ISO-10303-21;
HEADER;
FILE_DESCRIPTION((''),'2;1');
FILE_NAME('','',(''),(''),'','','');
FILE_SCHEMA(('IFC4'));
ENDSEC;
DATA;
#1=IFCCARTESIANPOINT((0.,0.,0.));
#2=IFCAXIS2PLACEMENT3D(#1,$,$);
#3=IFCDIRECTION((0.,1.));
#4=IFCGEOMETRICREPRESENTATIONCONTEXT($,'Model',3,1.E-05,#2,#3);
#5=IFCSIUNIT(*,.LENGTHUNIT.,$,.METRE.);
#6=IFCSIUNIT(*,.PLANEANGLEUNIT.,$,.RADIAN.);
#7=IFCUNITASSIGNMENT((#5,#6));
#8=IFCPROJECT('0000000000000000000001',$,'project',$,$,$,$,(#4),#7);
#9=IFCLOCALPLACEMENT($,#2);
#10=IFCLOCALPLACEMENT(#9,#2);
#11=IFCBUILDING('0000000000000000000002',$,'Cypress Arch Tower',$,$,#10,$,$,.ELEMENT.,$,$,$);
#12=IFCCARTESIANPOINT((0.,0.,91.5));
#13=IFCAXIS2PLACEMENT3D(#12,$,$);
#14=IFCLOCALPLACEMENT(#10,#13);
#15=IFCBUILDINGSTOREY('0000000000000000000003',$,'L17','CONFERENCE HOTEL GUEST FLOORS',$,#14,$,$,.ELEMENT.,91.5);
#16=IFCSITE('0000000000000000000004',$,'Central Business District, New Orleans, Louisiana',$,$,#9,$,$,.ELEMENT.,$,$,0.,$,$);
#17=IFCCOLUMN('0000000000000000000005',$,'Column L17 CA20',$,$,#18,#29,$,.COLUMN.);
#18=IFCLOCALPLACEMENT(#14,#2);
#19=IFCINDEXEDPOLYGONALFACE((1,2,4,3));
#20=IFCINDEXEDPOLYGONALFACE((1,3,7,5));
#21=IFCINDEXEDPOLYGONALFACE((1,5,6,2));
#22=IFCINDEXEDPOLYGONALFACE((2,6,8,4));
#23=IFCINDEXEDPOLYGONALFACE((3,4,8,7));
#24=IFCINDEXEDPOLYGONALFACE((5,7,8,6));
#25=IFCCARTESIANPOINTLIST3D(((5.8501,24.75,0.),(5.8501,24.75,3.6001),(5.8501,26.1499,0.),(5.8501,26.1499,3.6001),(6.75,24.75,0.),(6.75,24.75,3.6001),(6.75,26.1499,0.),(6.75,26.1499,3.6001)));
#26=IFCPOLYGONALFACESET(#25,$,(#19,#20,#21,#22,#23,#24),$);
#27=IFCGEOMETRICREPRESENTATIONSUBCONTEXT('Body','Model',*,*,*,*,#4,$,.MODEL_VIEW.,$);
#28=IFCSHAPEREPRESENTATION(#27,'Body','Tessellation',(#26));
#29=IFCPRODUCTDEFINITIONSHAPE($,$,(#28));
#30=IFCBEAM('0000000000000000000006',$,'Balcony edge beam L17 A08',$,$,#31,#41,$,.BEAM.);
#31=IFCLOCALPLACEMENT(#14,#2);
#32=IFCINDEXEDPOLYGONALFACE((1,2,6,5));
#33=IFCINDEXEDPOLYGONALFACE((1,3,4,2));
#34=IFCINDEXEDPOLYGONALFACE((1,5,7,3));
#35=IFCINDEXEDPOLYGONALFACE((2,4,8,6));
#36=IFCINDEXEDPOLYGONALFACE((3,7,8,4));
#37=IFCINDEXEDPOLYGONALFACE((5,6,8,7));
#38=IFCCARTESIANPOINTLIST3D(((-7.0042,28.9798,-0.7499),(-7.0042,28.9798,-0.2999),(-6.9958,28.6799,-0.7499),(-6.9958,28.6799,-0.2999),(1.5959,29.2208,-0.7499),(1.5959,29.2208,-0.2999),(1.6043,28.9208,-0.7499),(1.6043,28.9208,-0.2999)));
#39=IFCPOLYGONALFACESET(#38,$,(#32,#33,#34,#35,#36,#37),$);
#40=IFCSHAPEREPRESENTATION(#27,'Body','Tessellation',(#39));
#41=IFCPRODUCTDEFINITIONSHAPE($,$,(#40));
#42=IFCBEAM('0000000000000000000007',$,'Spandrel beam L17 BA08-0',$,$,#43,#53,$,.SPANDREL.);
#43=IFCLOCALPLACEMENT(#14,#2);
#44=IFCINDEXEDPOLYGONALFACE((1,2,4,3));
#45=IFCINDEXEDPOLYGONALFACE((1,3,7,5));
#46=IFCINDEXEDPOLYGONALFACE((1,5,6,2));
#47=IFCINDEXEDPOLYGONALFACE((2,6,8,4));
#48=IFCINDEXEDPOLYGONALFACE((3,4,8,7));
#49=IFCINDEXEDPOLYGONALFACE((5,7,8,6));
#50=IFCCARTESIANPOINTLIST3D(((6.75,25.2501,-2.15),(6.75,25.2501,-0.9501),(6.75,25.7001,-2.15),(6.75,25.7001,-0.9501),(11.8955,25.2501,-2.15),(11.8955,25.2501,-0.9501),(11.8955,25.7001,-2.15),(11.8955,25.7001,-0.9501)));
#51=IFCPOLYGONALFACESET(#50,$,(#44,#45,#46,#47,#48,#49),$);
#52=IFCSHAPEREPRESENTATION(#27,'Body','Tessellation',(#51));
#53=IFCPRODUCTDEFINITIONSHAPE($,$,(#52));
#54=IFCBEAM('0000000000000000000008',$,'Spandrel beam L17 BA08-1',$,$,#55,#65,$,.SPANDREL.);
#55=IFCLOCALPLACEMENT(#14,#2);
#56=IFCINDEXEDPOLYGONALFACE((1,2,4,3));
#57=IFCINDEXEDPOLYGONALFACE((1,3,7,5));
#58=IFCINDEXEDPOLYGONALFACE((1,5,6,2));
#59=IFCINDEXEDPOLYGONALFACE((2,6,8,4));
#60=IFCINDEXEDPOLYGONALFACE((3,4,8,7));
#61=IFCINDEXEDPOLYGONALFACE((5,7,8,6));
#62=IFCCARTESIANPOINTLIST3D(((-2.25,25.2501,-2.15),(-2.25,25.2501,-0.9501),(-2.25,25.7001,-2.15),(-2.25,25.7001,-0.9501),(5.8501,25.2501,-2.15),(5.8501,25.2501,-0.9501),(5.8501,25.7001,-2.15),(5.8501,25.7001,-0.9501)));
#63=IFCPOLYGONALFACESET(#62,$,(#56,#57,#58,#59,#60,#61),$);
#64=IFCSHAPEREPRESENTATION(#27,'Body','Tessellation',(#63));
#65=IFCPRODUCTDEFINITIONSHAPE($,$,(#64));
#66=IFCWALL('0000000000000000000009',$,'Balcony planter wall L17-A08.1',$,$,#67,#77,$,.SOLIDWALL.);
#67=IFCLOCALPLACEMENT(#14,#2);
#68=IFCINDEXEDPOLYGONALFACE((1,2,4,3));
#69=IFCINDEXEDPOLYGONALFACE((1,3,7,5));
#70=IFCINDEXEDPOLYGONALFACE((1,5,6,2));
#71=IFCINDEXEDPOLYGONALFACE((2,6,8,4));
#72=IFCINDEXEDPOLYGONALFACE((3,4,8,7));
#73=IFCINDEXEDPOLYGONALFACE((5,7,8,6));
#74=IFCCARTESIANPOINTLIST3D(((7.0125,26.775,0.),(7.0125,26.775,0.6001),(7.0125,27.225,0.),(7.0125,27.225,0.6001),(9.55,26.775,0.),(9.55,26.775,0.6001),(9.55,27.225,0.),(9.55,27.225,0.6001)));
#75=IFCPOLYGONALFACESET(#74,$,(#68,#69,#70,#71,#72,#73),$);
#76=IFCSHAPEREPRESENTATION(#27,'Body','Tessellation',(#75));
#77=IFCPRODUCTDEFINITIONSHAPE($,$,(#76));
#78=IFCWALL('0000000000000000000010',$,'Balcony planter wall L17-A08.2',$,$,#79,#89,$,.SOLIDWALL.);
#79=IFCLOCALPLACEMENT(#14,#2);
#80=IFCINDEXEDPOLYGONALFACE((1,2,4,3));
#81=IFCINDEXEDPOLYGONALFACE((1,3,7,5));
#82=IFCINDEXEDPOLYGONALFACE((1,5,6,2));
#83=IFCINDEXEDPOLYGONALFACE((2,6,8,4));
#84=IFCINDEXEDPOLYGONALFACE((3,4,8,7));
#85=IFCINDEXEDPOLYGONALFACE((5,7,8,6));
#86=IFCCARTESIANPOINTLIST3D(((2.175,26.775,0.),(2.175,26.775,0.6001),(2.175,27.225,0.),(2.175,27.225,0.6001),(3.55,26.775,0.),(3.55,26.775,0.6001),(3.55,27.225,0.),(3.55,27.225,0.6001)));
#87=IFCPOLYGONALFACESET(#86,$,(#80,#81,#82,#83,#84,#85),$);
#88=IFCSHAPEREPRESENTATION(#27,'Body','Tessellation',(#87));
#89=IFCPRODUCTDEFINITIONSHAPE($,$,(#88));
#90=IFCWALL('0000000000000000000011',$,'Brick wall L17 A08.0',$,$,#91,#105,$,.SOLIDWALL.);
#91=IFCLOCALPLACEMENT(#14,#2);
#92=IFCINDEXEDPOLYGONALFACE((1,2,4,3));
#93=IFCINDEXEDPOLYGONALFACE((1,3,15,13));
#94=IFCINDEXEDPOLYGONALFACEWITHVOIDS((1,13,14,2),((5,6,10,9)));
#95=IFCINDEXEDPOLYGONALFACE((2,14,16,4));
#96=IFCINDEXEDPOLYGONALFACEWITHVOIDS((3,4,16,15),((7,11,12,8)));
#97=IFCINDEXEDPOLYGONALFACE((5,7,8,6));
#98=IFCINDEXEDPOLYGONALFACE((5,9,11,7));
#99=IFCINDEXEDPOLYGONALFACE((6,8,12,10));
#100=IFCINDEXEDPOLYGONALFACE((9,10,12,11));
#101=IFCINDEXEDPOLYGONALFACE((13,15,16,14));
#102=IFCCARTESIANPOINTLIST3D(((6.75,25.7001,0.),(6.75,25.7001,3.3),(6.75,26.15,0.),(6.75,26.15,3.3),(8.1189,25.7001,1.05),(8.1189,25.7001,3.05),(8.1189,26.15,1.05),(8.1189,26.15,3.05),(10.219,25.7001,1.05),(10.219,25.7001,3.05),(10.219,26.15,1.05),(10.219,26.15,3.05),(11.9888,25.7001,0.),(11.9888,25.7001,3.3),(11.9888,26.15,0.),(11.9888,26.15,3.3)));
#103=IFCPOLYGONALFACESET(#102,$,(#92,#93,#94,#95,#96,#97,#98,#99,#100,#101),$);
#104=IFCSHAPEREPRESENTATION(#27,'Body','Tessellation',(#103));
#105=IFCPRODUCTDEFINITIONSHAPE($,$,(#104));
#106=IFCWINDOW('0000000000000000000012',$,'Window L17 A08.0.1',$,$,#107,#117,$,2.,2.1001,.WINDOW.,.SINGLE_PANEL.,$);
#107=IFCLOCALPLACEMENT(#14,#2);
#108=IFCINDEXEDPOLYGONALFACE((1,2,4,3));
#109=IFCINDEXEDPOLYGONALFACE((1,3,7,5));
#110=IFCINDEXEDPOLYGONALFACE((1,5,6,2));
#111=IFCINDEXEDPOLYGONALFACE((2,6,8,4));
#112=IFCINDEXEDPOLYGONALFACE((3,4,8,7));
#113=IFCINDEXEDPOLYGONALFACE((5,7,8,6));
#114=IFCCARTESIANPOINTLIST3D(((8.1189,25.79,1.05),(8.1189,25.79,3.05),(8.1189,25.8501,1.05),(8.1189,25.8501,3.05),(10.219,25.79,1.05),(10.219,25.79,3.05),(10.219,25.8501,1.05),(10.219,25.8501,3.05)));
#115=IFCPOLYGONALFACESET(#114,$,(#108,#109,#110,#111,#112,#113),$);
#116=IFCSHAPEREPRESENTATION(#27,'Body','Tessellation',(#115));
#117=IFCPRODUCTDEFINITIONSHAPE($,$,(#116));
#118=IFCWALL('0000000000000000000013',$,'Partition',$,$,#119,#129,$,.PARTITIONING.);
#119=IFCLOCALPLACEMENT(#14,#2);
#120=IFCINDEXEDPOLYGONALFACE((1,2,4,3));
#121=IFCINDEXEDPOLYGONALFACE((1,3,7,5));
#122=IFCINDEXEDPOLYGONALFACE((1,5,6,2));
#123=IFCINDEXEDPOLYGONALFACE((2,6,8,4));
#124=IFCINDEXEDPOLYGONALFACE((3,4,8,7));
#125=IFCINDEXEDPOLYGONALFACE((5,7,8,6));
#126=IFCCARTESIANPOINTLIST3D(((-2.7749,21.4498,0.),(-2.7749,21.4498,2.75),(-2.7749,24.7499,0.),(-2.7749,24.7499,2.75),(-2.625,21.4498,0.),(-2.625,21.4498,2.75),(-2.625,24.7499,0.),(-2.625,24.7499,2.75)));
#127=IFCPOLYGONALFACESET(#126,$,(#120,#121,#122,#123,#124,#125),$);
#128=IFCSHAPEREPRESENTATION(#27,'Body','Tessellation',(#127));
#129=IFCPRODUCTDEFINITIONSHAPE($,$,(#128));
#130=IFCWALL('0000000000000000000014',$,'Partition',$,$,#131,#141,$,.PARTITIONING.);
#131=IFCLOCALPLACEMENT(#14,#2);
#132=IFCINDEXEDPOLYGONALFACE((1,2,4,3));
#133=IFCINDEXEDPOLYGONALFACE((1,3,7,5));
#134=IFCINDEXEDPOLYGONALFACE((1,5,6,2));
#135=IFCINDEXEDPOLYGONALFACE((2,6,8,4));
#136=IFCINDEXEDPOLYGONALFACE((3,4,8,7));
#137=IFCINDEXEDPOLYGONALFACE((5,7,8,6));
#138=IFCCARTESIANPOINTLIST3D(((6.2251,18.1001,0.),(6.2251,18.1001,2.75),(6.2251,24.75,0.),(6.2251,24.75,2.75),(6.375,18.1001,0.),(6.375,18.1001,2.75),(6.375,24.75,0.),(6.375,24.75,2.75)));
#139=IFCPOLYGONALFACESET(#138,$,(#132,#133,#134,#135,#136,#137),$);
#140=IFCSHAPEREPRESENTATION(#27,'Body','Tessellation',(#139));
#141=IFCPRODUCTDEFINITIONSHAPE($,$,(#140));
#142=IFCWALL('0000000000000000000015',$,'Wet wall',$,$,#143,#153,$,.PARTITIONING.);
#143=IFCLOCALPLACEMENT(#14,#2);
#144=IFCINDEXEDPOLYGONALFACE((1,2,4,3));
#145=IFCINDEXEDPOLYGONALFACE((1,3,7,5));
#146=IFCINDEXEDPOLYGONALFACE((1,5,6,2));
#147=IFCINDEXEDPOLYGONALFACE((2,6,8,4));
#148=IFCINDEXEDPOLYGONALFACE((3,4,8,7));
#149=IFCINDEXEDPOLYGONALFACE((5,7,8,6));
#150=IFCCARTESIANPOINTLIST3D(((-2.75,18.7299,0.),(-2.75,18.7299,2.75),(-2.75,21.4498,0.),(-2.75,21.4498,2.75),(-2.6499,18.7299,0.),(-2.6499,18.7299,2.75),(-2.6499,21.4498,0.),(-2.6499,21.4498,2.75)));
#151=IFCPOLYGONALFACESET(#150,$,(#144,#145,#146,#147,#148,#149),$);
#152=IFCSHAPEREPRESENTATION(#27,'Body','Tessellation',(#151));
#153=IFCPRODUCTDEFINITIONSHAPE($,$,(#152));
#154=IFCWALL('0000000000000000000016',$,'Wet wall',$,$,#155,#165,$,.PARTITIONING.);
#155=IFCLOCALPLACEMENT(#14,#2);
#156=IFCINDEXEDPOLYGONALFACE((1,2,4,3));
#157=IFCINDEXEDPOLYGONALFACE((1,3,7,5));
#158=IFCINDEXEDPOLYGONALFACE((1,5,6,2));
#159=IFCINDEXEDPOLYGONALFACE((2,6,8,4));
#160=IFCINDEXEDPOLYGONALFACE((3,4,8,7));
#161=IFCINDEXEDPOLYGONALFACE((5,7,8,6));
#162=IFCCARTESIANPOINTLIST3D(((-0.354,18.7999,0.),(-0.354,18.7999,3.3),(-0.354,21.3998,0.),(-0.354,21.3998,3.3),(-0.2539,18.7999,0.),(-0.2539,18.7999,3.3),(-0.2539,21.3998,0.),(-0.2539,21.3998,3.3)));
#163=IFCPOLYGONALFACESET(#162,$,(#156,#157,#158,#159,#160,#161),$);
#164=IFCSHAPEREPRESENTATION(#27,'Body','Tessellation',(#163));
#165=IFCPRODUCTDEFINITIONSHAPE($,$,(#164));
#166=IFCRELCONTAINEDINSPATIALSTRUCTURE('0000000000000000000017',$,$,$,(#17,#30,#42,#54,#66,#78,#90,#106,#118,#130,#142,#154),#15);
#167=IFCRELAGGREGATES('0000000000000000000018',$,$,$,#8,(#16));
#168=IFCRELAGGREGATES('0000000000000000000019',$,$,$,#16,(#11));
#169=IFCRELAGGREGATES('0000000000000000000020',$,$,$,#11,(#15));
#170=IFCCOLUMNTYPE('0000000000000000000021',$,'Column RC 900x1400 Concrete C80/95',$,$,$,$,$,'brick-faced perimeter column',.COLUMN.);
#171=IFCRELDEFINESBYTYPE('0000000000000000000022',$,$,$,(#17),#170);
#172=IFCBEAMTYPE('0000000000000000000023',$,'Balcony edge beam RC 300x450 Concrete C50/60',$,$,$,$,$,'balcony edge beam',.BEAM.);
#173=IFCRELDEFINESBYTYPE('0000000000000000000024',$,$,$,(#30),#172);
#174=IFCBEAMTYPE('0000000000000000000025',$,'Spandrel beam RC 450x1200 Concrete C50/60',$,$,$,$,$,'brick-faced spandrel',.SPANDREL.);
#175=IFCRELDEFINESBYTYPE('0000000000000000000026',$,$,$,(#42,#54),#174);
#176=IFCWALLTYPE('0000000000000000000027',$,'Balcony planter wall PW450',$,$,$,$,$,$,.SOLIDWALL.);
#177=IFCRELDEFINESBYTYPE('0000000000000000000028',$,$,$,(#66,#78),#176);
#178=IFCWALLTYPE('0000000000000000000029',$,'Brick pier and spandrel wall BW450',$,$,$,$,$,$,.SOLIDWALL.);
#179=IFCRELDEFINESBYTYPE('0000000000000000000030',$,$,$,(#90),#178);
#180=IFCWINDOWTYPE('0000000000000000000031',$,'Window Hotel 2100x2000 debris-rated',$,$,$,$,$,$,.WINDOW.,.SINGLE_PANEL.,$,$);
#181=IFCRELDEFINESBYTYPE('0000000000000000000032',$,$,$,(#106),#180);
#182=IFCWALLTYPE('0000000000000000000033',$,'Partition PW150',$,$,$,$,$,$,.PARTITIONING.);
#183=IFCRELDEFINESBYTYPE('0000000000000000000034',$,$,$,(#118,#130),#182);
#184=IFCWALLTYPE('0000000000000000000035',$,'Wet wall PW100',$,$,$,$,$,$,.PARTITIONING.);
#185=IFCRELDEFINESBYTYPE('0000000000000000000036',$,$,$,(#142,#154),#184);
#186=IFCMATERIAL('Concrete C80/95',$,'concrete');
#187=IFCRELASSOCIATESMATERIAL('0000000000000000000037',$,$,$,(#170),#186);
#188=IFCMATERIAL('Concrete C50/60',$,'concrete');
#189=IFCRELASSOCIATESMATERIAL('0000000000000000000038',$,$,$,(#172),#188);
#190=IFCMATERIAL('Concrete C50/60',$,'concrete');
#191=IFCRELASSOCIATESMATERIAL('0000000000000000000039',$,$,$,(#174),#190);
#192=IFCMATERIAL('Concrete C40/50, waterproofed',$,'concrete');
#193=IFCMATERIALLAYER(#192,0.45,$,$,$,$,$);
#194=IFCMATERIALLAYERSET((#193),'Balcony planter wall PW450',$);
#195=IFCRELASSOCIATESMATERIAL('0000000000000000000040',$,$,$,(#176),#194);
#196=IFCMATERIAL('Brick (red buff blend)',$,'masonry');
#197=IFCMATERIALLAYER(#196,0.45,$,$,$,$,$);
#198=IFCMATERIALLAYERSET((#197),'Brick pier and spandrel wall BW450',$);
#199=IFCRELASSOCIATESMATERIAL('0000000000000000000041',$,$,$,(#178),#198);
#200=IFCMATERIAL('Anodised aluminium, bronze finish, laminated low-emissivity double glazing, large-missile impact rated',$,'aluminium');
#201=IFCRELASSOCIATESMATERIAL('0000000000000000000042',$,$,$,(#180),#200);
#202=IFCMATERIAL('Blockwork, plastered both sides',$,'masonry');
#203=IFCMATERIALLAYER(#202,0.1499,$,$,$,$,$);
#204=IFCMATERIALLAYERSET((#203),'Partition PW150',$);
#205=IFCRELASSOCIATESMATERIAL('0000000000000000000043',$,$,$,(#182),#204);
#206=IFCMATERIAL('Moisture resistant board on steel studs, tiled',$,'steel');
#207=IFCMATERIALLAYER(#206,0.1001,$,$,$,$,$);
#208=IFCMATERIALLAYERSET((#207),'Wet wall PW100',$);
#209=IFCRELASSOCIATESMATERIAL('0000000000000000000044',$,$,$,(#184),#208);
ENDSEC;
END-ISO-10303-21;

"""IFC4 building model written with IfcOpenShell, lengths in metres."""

from ifc_helpers import new_model, si_unit, direction, frame, frame_2d, origin, origin_2d, place, context, subcontext, project, spatial, rectangle, extrude, material, layer, layer_set, material_profile, profile_set, type_object, element, fill, save


model = new_model("IFC4")

# Units and contexts
model_context = context("Model", 3, precision=1e-05, world=origin(), true_north=direction((0.0, 1.0)))
body_context = subcontext(model_context, "Body", "Model", "MODEL_VIEW")
ifc_project = project(units=[si_unit("LENGTHUNIT", "METRE"), si_unit("PLANEANGLEUNIT", "RADIAN")], contexts=[model_context])

# Site, building, storey
site_placement = place(None, origin())
site = spatial("IfcSite", under=ifc_project, at=site_placement, Name="Central Business District, New Orleans, Louisiana", CompositionType="ELEMENT", RefElevation=0.0)
building_placement = place(site_placement, origin())
building = spatial("IfcBuilding", under=site, at=building_placement, Name="Cypress Arch Tower", CompositionType="ELEMENT")
storey_placement = place(building_placement, frame((0.0, 0.0, 91.5)))
storey = spatial("IfcBuildingStorey", under=building, at=storey_placement, Name="L17", Description="CONFERENCE HOTEL GUEST FLOORS", CompositionType="ELEMENT", Elevation=91.5)

# Column
ifc_material_1 = material(Name="Concrete C80/95", Category="concrete")
ifc_material_profile_1 = material_profile(ifc_material_1, rectangle(XDim=0.8999, YDim=1.3999, at=origin_2d()), Name="RC 900x1400")
ifc_profile_set_1 = profile_set([ifc_material_profile_1], Name="Concrete C80/95")
column_type = type_object("IfcColumnType", Name="Column RC 900x1400 Concrete C80/95", ElementType="brick-faced perimeter column", PredefinedType="COLUMN", material=ifc_profile_set_1)
column_placement = place(storey_placement, frame((6.3, 25.45, 0.0), z_axis=(0.0, 0.0, 1.0), x_axis=(-1.0, 0.0, 0.0)))
element("IfcColumn", 1, at=column_placement, inside=storey, type_object=column_type, Name="Column L17 CA20", PredefinedType="COLUMN", context=body_context, shape_type="SweptSolid", body=[
    extrude(rectangle(XDim=0.8999, YDim=1.3999, at=origin_2d()), origin(), (0.0, 0.0, 1.0), 3.6001),
])

# Beams
ifc_material_2 = material(Name="Concrete C50/60", Category="concrete")
ifc_material_profile_2 = material_profile(ifc_material_2, rectangle(XDim=0.3, YDim=0.45, at=origin_2d()), Name="RC 300x450")
ifc_profile_set_2 = profile_set([ifc_material_profile_2], Name="Concrete C50/60")
beam_type_1 = type_object("IfcBeamType", Name="Balcony edge beam RC 300x450 Concrete C50/60", ElementType="balcony edge beam", PredefinedType="BEAM", material=ifc_profile_set_2)
beam_1_placement = place(storey_placement, frame((1.6001, 29.0708, -0.5249), z_axis=(-0.999608, -0.028008, 0.0), x_axis=(0.028008, -0.999608, 0.0)))
element("IfcBeam", 2, at=beam_1_placement, inside=storey, type_object=beam_type_1, Name="Balcony edge beam L17 A08", PredefinedType="BEAM", context=body_context, shape_type="SweptSolid", body=[
    extrude(rectangle(XDim=0.3, YDim=0.45, at=origin_2d()), origin(), (0.0, 0.0, 1.0), 8.6035),
])
ifc_material_3 = material(Name="Concrete C50/60", Category="concrete")
ifc_material_profile_3 = material_profile(ifc_material_3, rectangle(XDim=0.45, YDim=1.2, at=origin_2d()), Name="RC 450x1200")
ifc_profile_set_3 = profile_set([ifc_material_profile_3], Name="Concrete C50/60")
beam_type_2 = type_object("IfcBeamType", Name="Spandrel beam RC 450x1200 Concrete C50/60", ElementType="brick-faced spandrel", PredefinedType="SPANDREL", material=ifc_profile_set_3)
beam_2_placement = place(storey_placement, frame((11.8955, 25.4751, -1.55), z_axis=(-1.0, 0.0, 0.0), x_axis=(0.0, -1.0, 0.0)))
element("IfcBeam", 3, at=beam_2_placement, inside=storey, type_object=beam_type_2, Name="Spandrel beam L17 BA08-0", PredefinedType="SPANDREL", context=body_context, shape_type="SweptSolid", body=[
    extrude(rectangle(XDim=0.45, YDim=1.2, at=origin_2d()), origin(), (0.0, 0.0, 1.0), 5.1455),
])
beam_3_placement = place(storey_placement, frame((5.8501, 25.4751, -1.55), z_axis=(-1.0, 0.0, 0.0), x_axis=(0.0, -1.0, 0.0)))
element("IfcBeam", 4, at=beam_3_placement, inside=storey, type_object=beam_type_2, Name="Spandrel beam L17 BA08-1", PredefinedType="SPANDREL", context=body_context, shape_type="SweptSolid", body=[
    extrude(rectangle(XDim=0.45, YDim=1.2, at=origin_2d()), origin(), (0.0, 0.0, 1.0), 8.1001),
])

# Walls
ifc_material_4 = material(Name="Concrete C40/50, waterproofed", Category="concrete")
ifc_layer_1 = layer(ifc_material_4, 0.45)
ifc_layer_set_1 = layer_set([ifc_layer_1], Name="Balcony planter wall PW450")
wall_type_1 = type_object("IfcWallType", Name="Balcony planter wall PW450", PredefinedType="SOLIDWALL", material=ifc_layer_set_1)
wall_1_placement = place(storey_placement, frame((9.55, 27.0, 0.0), z_axis=(0.0, 0.0, 1.0), x_axis=(-1.0, 0.0, 0.0)))
element("IfcWall", 5, at=wall_1_placement, inside=storey, type_object=wall_type_1, Name="Balcony planter wall L17-A08.1", PredefinedType="SOLIDWALL", context=body_context, shape_type="SweptSolid", body=[
    extrude(rectangle(XDim=2.5376, YDim=0.45, at=frame_2d((1.2688, 0.0))), origin(), (0.0, 0.0, 1.0), 0.6001),
])
wall_2_placement = place(storey_placement, frame((3.55, 27.0, 0.0), z_axis=(0.0, 0.0, 1.0), x_axis=(-1.0, 0.0, 0.0)))
element("IfcWall", 6, at=wall_2_placement, inside=storey, type_object=wall_type_1, Name="Balcony planter wall L17-A08.2", PredefinedType="SOLIDWALL", context=body_context, shape_type="SweptSolid", body=[
    extrude(rectangle(XDim=1.375, YDim=0.45, at=frame_2d((0.6875, 0.0))), origin(), (0.0, 0.0, 1.0), 0.6001),
])

# Wall, opening, window
ifc_material_5 = material(Name="Brick (red buff blend)", Category="masonry")
ifc_layer_2 = layer(ifc_material_5, 0.45)
ifc_layer_set_2 = layer_set([ifc_layer_2], Name="Brick pier and spandrel wall BW450")
wall_type_2 = type_object("IfcWallType", Name="Brick pier and spandrel wall BW450", PredefinedType="SOLIDWALL", material=ifc_layer_set_2)
wall_3_placement = place(storey_placement, frame((11.9888, 25.925, 0.0), z_axis=(0.0, 0.0, 1.0), x_axis=(-1.0, 0.0, 0.0)))
wall_3 = element("IfcWall", 7, at=wall_3_placement, inside=storey, type_object=wall_type_2, Name="Brick wall L17 A08.0", PredefinedType="SOLIDWALL", context=body_context, shape_type="SweptSolid", body=[
    extrude(rectangle(XDim=5.2388, YDim=0.45, at=frame_2d((2.6194, 0.0))), origin(), (0.0, 0.0, 1.0), 3.3),
])
opening_1_placement = place(wall_3_placement, frame((1.7698, 0.0, 1.05)))
opening_1 = element("IfcOpeningElement", 8, at=opening_1_placement, cuts=wall_3, PredefinedType="OPENING", context=body_context, shape_type="SweptSolid", body=[
    extrude(rectangle(XDim=2.1001, YDim=2.0, at=frame_2d((1.05, 1.0))), frame((0.0, 0.2349, 0.0), z_axis=(0.0, -1.0, 0.0), x_axis=(1.0, 0.0, 0.0)), (0.0, 0.0, 1.0), 0.47),
])
ifc_material_6 = material(Name="Anodised aluminium, bronze finish, laminated low-emissivity double glazing, large-missile impact rated", Category="aluminium")
window_type_1 = type_object("IfcWindowType", Name="Window Hotel 2100x2000 debris-rated", PartitioningType="SINGLE_PANEL", PredefinedType="WINDOW", material=ifc_material_6)
window_1_placement = place(opening_1_placement, origin())
window_1 = element("IfcWindow", 9, at=window_1_placement, inside=storey, type_object=window_type_1, Name="Window L17 A08.0.1", OverallHeight=2.0, OverallWidth=2.1001, PartitioningType="SINGLE_PANEL", PredefinedType="WINDOW", context=body_context, shape_type="SweptSolid", body=[
    extrude(rectangle(XDim=2.1001, YDim=2.0, at=frame_2d((1.05, 1.0))), frame((0.0, 0.135, 0.0), z_axis=(0.0, -1.0, 0.0), x_axis=(1.0, 0.0, 0.0)), (0.0, 0.0, 1.0), 0.0601),
])
fill(opening_1, window_1)

# Walls
ifc_material_7 = material(Name="Blockwork, plastered both sides", Category="masonry")
ifc_layer_3 = layer(ifc_material_7, 0.1499)
ifc_layer_set_3 = layer_set([ifc_layer_3], Name="Partition PW150")
wall_type_3 = type_object("IfcWallType", Name="Partition PW150", PredefinedType="PARTITIONING", material=ifc_layer_set_3)
wall_4_placement = place(storey_placement, frame((-2.7, 21.45, 0.0), z_axis=(0.0, 0.0, 1.0), x_axis=(0.0, 1.0, 0.0)))
element("IfcWall", 10, at=wall_4_placement, inside=storey, type_object=wall_type_3, Name="Partition", PredefinedType="PARTITIONING", context=body_context, shape_type="SweptSolid", body=[
    extrude(rectangle(XDim=3.3, YDim=0.1499, at=frame_2d((1.6499, 0.0))), origin(), (0.0, 0.0, 1.0), 2.75),
])
wall_5_placement = place(storey_placement, frame((6.3, 18.1001, 0.0), z_axis=(0.0, 0.0, 1.0), x_axis=(0.0, 1.0, 0.0)))
element("IfcWall", 11, at=wall_5_placement, inside=storey, type_object=wall_type_3, Name="Partition", PredefinedType="PARTITIONING", context=body_context, shape_type="SweptSolid", body=[
    extrude(rectangle(XDim=6.6499, YDim=0.1499, at=frame_2d((3.325, 0.0))), origin(), (0.0, 0.0, 1.0), 2.75),
])
ifc_material_8 = material(Name="Moisture resistant board on steel studs, tiled", Category="steel")
ifc_layer_4 = layer(ifc_material_8, 0.1001)
ifc_layer_set_4 = layer_set([ifc_layer_4], Name="Wet wall PW100")
wall_type_4 = type_object("IfcWallType", Name="Wet wall PW100", PredefinedType="PARTITIONING", material=ifc_layer_set_4)
wall_6_placement = place(storey_placement, frame((-2.7, 18.73, 0.0), z_axis=(0.0, 0.0, 1.0), x_axis=(0.0, 1.0, 0.0)))
element("IfcWall", 12, at=wall_6_placement, inside=storey, type_object=wall_type_4, Name="Wet wall", PredefinedType="PARTITIONING", context=body_context, shape_type="SweptSolid", body=[
    extrude(rectangle(XDim=2.72, YDim=0.1001, at=frame_2d((1.3599, 0.0))), origin(), (0.0, 0.0, 1.0), 2.75),
])
wall_7_placement = place(storey_placement, frame((-0.304, 18.8, 0.0), z_axis=(0.0, 0.0, 1.0), x_axis=(0.0, 1.0, 0.0)))
element("IfcWall", 13, at=wall_7_placement, inside=storey, type_object=wall_type_4, Name="Wet wall", PredefinedType="PARTITIONING", context=body_context, shape_type="SweptSolid", body=[
    extrude(rectangle(XDim=2.5999, YDim=0.1001, at=frame_2d((1.2998, 0.0))), origin(), (0.0, 0.0, 1.0), 3.3),
])

save(model, "model.ifc")
